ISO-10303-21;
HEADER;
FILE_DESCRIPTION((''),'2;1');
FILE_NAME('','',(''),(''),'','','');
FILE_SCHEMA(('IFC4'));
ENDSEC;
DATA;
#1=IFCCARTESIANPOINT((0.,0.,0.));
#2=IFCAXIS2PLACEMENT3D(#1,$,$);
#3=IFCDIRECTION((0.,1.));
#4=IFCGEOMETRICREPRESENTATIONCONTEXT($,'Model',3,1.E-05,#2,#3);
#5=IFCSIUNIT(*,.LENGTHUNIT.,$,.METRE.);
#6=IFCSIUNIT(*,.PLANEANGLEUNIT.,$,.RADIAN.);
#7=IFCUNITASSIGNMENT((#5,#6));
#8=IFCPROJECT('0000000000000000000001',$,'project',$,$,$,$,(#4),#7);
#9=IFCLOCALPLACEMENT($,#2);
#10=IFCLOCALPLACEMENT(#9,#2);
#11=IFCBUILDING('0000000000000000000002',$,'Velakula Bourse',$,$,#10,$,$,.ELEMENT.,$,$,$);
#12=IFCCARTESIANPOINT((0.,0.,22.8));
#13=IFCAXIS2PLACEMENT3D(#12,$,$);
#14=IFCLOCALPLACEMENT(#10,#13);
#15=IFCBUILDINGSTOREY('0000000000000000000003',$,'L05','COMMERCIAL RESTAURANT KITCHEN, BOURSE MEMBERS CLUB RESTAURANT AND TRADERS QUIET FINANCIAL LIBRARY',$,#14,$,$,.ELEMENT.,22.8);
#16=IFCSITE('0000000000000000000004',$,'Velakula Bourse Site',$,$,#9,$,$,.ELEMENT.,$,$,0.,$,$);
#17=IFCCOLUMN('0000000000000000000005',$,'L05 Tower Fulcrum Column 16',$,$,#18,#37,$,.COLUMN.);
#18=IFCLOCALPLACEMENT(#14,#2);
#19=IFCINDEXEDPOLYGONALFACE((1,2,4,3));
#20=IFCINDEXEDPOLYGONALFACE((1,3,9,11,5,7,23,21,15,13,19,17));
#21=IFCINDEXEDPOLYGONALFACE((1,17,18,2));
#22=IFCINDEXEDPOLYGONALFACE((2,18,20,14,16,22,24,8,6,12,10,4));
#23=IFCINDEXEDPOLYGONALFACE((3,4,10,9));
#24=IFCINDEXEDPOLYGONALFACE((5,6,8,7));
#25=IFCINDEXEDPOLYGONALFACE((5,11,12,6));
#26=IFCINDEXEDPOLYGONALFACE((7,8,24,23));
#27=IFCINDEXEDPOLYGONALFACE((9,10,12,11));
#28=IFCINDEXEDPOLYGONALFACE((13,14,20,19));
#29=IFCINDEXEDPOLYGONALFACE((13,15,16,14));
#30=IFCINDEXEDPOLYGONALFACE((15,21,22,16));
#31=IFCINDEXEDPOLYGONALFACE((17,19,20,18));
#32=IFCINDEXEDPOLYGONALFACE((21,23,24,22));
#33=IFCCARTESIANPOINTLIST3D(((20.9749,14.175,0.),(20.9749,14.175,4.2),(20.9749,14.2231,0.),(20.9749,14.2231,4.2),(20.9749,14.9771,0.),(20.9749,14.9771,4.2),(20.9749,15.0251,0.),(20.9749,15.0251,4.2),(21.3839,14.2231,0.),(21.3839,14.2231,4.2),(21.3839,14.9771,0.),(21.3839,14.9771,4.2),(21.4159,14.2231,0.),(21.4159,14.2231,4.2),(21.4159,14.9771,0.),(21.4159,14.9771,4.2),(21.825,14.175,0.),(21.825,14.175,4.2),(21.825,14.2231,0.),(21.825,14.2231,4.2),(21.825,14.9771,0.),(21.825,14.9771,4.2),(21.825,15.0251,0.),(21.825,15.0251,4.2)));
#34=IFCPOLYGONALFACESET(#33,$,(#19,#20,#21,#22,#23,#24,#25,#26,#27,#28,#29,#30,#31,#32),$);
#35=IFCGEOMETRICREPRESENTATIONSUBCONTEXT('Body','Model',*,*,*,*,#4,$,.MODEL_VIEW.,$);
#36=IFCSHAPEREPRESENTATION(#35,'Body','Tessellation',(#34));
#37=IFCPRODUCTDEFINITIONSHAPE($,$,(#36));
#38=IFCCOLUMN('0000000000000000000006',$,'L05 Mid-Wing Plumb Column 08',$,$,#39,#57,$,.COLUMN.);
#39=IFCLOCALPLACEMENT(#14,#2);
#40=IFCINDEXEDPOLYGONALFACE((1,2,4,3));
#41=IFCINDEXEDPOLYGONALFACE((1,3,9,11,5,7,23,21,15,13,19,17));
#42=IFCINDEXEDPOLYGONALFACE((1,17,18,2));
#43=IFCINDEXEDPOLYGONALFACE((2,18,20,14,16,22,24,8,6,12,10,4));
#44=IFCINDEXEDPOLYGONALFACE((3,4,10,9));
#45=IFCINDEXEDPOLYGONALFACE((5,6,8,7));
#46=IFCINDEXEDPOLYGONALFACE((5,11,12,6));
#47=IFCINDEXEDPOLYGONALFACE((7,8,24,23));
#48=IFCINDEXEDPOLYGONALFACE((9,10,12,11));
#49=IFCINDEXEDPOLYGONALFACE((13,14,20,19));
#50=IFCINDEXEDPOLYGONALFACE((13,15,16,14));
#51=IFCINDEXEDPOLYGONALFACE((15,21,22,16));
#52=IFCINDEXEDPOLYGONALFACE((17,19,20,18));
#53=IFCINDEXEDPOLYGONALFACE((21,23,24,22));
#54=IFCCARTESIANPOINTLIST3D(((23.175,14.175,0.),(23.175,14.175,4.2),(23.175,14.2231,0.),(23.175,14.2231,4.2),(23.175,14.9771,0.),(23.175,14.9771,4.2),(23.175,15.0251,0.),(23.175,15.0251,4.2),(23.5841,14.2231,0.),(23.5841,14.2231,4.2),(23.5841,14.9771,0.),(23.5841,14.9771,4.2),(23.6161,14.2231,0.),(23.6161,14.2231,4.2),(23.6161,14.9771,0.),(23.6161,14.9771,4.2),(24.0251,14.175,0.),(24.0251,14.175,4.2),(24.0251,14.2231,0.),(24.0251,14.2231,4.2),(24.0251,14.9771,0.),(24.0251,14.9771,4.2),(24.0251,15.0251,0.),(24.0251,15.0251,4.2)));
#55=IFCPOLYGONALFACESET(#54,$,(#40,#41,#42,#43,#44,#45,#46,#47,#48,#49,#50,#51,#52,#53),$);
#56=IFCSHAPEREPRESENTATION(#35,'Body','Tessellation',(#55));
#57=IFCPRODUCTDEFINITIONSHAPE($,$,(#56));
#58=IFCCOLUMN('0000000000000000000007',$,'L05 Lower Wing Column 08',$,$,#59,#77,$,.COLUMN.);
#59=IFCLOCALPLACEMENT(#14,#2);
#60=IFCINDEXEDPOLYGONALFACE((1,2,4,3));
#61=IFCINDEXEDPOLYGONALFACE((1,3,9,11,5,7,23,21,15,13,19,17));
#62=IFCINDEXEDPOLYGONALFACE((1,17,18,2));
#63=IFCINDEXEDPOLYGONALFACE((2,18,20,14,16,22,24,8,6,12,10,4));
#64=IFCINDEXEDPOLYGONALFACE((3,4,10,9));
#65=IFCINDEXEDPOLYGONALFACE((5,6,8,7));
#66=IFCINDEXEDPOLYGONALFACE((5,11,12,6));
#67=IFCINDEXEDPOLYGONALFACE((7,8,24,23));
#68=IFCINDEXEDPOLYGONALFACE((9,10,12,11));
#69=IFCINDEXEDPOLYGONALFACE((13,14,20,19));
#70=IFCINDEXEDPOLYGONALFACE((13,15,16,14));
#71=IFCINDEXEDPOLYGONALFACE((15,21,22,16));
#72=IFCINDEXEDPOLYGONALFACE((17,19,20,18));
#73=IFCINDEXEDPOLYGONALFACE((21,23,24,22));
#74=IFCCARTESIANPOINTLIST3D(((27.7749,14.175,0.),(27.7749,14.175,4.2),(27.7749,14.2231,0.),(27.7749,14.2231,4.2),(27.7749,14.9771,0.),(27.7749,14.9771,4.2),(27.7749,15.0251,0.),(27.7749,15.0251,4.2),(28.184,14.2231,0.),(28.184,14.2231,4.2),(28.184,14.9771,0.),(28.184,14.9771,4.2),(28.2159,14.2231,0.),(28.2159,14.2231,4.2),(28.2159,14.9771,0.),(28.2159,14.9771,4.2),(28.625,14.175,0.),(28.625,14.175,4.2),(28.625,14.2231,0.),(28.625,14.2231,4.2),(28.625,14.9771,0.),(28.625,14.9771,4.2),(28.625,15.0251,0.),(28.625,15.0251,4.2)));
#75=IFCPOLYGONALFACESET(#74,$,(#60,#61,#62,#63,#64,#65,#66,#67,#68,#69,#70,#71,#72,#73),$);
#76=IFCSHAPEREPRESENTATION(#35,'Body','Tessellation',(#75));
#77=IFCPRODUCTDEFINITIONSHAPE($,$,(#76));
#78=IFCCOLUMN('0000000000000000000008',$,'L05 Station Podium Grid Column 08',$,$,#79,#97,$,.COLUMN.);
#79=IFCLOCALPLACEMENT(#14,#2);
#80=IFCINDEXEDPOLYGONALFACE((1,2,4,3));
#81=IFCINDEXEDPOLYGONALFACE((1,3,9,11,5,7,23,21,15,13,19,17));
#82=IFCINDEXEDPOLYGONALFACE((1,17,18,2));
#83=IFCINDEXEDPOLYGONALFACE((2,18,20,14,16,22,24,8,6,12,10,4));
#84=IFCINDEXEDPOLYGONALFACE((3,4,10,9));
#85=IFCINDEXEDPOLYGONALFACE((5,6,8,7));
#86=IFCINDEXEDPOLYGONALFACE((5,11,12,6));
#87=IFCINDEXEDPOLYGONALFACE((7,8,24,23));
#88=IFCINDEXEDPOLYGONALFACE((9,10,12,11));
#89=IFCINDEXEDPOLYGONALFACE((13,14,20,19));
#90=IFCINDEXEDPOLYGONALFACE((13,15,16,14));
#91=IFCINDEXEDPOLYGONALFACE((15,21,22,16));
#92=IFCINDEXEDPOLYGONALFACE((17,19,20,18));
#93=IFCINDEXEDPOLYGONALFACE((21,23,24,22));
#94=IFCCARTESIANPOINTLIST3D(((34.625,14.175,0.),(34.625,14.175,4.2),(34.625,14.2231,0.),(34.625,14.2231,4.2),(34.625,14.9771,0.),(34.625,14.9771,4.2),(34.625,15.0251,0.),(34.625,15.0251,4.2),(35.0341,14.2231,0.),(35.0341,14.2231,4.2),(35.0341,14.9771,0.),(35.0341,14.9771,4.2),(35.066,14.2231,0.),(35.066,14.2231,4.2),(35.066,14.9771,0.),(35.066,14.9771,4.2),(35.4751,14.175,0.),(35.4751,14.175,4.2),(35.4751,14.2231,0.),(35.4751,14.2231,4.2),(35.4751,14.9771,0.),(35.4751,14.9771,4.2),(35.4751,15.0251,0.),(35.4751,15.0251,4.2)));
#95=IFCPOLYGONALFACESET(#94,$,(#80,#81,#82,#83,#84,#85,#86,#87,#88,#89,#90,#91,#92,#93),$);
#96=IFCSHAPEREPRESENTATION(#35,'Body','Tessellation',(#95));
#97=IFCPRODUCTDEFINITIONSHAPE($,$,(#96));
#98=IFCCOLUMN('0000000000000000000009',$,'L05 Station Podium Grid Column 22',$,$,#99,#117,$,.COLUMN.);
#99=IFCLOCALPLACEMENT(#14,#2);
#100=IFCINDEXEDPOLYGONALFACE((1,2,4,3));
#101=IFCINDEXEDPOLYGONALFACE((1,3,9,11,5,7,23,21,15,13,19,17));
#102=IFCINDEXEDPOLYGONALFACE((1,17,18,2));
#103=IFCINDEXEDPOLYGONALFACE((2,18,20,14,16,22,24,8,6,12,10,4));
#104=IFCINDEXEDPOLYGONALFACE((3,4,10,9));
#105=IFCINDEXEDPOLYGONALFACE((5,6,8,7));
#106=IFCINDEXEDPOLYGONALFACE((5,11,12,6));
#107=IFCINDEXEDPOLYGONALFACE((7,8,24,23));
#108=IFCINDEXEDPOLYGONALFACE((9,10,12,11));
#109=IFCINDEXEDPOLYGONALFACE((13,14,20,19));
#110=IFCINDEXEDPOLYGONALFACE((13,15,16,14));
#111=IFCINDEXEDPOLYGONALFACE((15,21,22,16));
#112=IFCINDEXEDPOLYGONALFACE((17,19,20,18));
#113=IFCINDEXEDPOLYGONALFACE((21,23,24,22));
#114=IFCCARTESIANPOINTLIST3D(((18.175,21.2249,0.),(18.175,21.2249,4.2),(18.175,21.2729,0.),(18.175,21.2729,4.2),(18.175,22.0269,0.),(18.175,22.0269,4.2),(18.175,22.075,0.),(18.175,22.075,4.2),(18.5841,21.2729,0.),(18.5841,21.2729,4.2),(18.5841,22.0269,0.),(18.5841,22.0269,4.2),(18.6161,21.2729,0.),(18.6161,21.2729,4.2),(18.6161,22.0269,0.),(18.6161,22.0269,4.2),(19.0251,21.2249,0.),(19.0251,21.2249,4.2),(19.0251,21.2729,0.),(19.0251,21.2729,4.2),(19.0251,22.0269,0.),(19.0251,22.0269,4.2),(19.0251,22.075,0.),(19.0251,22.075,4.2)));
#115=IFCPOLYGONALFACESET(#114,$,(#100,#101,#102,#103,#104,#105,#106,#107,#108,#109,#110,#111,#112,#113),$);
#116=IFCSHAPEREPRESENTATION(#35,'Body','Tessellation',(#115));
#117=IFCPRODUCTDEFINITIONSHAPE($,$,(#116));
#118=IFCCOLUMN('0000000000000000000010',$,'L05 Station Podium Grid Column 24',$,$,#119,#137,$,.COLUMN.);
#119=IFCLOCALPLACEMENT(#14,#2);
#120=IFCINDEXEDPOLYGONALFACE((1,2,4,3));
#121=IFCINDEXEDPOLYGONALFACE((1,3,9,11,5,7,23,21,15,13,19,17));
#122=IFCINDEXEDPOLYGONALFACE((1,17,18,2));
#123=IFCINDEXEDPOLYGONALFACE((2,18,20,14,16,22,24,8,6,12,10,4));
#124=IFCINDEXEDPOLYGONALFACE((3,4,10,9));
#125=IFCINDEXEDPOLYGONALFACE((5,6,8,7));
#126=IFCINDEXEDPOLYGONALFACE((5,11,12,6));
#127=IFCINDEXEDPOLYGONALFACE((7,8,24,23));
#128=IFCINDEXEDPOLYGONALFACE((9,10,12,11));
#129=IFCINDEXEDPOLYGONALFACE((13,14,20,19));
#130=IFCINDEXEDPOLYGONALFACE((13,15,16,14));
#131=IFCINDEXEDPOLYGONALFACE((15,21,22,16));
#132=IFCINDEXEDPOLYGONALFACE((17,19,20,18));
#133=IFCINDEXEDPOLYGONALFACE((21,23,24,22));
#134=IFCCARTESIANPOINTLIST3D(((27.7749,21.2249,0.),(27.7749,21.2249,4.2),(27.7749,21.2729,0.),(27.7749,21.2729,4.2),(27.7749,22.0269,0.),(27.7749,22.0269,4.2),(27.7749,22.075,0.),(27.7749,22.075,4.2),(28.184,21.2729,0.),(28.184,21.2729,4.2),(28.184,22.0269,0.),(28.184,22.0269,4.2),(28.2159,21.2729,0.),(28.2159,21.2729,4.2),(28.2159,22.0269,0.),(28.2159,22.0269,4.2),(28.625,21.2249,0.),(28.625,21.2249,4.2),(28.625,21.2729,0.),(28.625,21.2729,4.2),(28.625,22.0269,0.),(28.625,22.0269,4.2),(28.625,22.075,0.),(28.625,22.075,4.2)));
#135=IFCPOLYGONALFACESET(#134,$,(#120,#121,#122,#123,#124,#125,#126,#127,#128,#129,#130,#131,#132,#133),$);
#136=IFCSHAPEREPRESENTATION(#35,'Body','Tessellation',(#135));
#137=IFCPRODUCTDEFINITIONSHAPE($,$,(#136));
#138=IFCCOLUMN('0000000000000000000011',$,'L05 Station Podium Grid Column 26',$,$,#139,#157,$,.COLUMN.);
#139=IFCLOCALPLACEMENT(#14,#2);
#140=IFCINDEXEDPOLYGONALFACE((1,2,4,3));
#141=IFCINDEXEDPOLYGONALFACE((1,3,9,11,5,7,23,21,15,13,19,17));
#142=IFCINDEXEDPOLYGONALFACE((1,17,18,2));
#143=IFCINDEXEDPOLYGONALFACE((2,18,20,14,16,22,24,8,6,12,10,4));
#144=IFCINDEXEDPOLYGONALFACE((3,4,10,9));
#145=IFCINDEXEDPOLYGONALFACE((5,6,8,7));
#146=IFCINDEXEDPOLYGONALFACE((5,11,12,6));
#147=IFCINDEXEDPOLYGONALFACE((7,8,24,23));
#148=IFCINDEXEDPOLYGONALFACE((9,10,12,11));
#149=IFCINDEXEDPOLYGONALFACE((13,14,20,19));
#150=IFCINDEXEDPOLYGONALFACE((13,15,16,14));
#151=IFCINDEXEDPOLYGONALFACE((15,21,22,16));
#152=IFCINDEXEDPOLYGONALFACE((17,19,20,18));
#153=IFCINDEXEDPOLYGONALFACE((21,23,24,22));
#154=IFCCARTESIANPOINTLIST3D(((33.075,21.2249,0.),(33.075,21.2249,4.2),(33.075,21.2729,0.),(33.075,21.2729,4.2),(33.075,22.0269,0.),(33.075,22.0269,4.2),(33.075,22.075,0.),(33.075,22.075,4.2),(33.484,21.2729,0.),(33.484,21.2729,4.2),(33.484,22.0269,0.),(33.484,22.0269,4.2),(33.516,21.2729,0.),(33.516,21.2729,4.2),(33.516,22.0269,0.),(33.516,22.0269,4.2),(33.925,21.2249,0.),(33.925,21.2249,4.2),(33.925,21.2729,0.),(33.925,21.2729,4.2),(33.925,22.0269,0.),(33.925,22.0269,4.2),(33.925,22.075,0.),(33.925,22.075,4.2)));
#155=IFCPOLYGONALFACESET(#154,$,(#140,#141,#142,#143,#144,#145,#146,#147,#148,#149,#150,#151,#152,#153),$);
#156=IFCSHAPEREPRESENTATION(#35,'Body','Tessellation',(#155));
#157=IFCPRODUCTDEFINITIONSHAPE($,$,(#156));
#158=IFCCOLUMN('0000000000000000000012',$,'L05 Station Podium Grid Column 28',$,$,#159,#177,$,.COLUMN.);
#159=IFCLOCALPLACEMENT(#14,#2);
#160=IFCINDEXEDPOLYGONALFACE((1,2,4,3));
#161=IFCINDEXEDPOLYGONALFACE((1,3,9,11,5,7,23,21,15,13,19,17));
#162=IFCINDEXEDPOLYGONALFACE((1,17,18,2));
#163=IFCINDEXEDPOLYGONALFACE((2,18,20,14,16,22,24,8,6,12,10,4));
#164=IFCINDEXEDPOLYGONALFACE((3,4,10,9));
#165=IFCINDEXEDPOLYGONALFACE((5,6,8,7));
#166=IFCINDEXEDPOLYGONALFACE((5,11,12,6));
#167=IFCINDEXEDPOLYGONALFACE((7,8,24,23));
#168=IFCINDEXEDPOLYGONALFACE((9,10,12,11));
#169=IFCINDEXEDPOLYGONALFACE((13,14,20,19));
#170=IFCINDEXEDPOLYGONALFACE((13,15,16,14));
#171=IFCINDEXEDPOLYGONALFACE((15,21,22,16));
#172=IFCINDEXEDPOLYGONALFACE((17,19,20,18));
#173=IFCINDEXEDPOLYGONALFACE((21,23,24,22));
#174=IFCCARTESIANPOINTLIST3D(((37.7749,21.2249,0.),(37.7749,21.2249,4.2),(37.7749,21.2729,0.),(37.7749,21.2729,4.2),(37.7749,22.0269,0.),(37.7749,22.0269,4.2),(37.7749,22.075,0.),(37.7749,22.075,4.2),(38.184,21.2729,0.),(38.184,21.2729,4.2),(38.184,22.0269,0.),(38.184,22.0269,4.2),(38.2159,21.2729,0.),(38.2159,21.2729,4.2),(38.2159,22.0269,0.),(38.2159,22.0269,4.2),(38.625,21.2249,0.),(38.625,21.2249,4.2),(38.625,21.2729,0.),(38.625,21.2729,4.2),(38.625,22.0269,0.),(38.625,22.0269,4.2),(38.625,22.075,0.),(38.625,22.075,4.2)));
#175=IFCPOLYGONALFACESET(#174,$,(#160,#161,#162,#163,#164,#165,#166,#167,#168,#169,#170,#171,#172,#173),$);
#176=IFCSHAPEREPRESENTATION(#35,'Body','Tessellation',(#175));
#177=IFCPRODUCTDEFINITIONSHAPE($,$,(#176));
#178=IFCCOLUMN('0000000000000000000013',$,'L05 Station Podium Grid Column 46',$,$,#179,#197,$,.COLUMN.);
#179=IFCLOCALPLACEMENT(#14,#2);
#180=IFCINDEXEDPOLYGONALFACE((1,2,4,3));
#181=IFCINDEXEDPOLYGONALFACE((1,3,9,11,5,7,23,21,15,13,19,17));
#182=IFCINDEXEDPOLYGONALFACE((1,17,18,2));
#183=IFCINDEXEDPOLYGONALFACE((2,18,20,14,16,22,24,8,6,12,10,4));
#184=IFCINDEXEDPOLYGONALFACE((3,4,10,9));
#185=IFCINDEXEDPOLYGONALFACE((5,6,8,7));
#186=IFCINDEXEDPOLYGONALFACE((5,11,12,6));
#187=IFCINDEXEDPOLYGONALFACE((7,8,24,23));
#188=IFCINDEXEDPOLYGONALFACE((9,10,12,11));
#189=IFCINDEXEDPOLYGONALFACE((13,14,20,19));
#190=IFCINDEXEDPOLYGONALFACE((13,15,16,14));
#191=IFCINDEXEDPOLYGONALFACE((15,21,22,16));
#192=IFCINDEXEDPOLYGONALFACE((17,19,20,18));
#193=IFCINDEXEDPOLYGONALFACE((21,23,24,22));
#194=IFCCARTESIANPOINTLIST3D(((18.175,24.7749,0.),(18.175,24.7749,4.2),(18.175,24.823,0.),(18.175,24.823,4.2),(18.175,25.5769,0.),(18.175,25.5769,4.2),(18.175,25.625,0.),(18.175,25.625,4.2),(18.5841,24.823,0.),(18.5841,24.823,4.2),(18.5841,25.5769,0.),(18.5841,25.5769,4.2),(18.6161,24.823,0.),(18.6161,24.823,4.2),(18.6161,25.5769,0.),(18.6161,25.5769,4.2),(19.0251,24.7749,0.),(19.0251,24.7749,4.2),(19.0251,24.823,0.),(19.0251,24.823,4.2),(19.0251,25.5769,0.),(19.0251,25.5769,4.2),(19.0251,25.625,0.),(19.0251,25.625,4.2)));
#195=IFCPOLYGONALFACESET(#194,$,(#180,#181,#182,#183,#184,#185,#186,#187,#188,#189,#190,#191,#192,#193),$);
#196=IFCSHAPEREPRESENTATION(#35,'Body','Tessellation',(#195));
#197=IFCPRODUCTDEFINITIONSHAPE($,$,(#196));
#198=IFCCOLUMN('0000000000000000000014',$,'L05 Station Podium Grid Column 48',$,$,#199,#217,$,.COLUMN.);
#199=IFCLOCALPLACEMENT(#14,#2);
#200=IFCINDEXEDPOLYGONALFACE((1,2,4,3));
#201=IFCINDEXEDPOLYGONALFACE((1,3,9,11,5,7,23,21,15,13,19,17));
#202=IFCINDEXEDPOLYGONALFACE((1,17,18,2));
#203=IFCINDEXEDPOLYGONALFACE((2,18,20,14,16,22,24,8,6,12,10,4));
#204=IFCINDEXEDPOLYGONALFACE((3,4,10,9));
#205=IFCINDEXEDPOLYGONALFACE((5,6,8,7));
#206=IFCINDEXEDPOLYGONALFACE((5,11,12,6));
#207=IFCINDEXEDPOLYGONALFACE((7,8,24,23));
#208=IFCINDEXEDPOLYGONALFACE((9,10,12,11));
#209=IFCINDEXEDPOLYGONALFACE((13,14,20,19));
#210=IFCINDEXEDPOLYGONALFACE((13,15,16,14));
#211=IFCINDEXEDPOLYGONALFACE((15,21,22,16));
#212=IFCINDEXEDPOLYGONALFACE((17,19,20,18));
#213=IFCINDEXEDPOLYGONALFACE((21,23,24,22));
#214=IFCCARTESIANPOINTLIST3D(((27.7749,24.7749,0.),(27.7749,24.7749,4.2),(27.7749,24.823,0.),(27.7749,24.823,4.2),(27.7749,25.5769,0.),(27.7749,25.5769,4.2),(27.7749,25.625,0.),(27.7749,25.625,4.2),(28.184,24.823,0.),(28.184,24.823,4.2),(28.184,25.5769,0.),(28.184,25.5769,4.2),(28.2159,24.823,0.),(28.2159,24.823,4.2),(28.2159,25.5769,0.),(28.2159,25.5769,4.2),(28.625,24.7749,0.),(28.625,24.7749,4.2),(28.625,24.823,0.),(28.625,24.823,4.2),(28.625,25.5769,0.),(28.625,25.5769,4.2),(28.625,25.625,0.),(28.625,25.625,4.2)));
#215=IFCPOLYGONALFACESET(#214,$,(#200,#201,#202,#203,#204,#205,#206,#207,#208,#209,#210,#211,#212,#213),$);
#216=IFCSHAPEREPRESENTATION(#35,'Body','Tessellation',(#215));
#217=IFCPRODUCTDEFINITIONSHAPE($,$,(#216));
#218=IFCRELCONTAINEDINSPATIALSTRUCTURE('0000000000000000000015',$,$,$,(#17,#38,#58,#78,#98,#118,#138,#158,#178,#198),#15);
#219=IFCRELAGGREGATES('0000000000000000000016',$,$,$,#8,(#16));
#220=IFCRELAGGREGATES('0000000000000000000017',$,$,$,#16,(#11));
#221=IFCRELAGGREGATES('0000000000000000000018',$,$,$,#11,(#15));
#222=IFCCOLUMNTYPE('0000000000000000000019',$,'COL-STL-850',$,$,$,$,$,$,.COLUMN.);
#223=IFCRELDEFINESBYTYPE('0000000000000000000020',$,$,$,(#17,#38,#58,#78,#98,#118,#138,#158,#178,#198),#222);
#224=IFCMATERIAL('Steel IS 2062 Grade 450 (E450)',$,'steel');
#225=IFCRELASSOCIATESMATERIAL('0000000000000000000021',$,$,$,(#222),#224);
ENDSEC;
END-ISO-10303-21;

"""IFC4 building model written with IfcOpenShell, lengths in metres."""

from ifc_helpers import new_model, si_unit, direction, frame, origin, origin_2d, place, context, subcontext, project, spatial, i_section, extrude, material, material_profile, profile_set, type_object, element, save


model = new_model("IFC4")

# Units and contexts
model_context = context("Model", 3, precision=1e-05, world=origin(), true_north=direction((0.0, 1.0)))
body_context = subcontext(model_context, "Body", "Model", "MODEL_VIEW")
ifc_project = project(units=[si_unit("LENGTHUNIT", "METRE"), si_unit("PLANEANGLEUNIT", "RADIAN")], contexts=[model_context])

# Site, building, storey
site_placement = place(None, origin())
site = spatial("IfcSite", under=ifc_project, at=site_placement, Name="Velakula Bourse Site", CompositionType="ELEMENT", RefElevation=0.0)
building_placement = place(site_placement, origin())
building = spatial("IfcBuilding", under=site, at=building_placement, Name="Velakula Bourse", CompositionType="ELEMENT")
storey_placement = place(building_placement, frame((0.0, 0.0, 22.8)))
storey = spatial("IfcBuildingStorey", under=building, at=storey_placement, Name="L05", Description="COMMERCIAL RESTAURANT KITCHEN, BOURSE MEMBERS CLUB RESTAURANT AND TRADERS QUIET FINANCIAL LIBRARY", CompositionType="ELEMENT", Elevation=22.8)

# Columns
ifc_material_1 = material(Name="Steel IS 2062 Grade 450 (E450)", Category="steel")
ifc_material_profile_1 = material_profile(ifc_material_1, i_section(OverallWidth=0.8501, OverallDepth=0.8501, WebThickness=0.032, FlangeThickness=0.0481, at=origin_2d()), Name="Steel IS 2062 Grade 450 (E450)")
ifc_profile_set_1 = profile_set([ifc_material_profile_1], Name="Steel IS 2062 Grade 450 (E450)")
column_type = type_object("IfcColumnType", Name="COL-STL-850", PredefinedType="COLUMN", material=ifc_profile_set_1)
for number, where, z_axis, x_axis, name in (
    (1, (21.3999, 14.6001, 0.0), (0.0, 0.0, 1.0), (1.0, 0.0, 0.0), "L05 Tower Fulcrum Column 16"),
    (2, (23.6001, 14.6001, 0.0), (0.0, 0.0, 1.0), (1.0, 0.0, 0.0), "L05 Mid-Wing Plumb Column 08"),
    (3, (28.2, 14.6001, 0.0), (0.0, 0.0, 1.0), (1.0, 0.0, 0.0), "L05 Lower Wing Column 08"),
    (4, (35.05, 14.6001, 0.0), (0.0, 0.0, 1.0), (1.0, 0.0, 0.0), "L05 Station Podium Grid Column 08"),
    (5, (18.6001, 21.6499, 0.0), (0.0, 0.0, 1.0), (1.0, 0.0, 0.0), "L05 Station Podium Grid Column 22"),
    (6, (28.2, 21.6499, 0.0), (0.0, 0.0, 1.0), (1.0, 0.0, 0.0), "L05 Station Podium Grid Column 24"),
    (7, (33.5, 21.6499, 0.0), (0.0, 0.0, 1.0), (1.0, 0.0, 0.0), "L05 Station Podium Grid Column 26"),
    (8, (38.2, 21.6499, 0.0), (0.0, 0.0, 1.0), (1.0, 0.0, 0.0), "L05 Station Podium Grid Column 28"),
    (9, (18.6001, 25.2, 0.0), (0.0, 0.0, 1.0), (1.0, 0.0, 0.0), "L05 Station Podium Grid Column 46"),
    (10, (28.2, 25.2, 0.0), (0.0, 0.0, 1.0), (1.0, 0.0, 0.0), "L05 Station Podium Grid Column 48"),
):
    element("IfcColumn", number, at=place(storey_placement, frame(where, z_axis=z_axis, x_axis=x_axis)), inside=storey, type_object=column_type, Name=name, PredefinedType="COLUMN", context=body_context, shape_type="SweptSolid", body=[
        extrude(i_section(OverallWidth=0.8501, OverallDepth=0.8501, WebThickness=0.032, FlangeThickness=0.0481, at=origin_2d()), origin(), (0.0, 0.0, 1.0), 4.2),
    ])

save(model, "model.ifc")
